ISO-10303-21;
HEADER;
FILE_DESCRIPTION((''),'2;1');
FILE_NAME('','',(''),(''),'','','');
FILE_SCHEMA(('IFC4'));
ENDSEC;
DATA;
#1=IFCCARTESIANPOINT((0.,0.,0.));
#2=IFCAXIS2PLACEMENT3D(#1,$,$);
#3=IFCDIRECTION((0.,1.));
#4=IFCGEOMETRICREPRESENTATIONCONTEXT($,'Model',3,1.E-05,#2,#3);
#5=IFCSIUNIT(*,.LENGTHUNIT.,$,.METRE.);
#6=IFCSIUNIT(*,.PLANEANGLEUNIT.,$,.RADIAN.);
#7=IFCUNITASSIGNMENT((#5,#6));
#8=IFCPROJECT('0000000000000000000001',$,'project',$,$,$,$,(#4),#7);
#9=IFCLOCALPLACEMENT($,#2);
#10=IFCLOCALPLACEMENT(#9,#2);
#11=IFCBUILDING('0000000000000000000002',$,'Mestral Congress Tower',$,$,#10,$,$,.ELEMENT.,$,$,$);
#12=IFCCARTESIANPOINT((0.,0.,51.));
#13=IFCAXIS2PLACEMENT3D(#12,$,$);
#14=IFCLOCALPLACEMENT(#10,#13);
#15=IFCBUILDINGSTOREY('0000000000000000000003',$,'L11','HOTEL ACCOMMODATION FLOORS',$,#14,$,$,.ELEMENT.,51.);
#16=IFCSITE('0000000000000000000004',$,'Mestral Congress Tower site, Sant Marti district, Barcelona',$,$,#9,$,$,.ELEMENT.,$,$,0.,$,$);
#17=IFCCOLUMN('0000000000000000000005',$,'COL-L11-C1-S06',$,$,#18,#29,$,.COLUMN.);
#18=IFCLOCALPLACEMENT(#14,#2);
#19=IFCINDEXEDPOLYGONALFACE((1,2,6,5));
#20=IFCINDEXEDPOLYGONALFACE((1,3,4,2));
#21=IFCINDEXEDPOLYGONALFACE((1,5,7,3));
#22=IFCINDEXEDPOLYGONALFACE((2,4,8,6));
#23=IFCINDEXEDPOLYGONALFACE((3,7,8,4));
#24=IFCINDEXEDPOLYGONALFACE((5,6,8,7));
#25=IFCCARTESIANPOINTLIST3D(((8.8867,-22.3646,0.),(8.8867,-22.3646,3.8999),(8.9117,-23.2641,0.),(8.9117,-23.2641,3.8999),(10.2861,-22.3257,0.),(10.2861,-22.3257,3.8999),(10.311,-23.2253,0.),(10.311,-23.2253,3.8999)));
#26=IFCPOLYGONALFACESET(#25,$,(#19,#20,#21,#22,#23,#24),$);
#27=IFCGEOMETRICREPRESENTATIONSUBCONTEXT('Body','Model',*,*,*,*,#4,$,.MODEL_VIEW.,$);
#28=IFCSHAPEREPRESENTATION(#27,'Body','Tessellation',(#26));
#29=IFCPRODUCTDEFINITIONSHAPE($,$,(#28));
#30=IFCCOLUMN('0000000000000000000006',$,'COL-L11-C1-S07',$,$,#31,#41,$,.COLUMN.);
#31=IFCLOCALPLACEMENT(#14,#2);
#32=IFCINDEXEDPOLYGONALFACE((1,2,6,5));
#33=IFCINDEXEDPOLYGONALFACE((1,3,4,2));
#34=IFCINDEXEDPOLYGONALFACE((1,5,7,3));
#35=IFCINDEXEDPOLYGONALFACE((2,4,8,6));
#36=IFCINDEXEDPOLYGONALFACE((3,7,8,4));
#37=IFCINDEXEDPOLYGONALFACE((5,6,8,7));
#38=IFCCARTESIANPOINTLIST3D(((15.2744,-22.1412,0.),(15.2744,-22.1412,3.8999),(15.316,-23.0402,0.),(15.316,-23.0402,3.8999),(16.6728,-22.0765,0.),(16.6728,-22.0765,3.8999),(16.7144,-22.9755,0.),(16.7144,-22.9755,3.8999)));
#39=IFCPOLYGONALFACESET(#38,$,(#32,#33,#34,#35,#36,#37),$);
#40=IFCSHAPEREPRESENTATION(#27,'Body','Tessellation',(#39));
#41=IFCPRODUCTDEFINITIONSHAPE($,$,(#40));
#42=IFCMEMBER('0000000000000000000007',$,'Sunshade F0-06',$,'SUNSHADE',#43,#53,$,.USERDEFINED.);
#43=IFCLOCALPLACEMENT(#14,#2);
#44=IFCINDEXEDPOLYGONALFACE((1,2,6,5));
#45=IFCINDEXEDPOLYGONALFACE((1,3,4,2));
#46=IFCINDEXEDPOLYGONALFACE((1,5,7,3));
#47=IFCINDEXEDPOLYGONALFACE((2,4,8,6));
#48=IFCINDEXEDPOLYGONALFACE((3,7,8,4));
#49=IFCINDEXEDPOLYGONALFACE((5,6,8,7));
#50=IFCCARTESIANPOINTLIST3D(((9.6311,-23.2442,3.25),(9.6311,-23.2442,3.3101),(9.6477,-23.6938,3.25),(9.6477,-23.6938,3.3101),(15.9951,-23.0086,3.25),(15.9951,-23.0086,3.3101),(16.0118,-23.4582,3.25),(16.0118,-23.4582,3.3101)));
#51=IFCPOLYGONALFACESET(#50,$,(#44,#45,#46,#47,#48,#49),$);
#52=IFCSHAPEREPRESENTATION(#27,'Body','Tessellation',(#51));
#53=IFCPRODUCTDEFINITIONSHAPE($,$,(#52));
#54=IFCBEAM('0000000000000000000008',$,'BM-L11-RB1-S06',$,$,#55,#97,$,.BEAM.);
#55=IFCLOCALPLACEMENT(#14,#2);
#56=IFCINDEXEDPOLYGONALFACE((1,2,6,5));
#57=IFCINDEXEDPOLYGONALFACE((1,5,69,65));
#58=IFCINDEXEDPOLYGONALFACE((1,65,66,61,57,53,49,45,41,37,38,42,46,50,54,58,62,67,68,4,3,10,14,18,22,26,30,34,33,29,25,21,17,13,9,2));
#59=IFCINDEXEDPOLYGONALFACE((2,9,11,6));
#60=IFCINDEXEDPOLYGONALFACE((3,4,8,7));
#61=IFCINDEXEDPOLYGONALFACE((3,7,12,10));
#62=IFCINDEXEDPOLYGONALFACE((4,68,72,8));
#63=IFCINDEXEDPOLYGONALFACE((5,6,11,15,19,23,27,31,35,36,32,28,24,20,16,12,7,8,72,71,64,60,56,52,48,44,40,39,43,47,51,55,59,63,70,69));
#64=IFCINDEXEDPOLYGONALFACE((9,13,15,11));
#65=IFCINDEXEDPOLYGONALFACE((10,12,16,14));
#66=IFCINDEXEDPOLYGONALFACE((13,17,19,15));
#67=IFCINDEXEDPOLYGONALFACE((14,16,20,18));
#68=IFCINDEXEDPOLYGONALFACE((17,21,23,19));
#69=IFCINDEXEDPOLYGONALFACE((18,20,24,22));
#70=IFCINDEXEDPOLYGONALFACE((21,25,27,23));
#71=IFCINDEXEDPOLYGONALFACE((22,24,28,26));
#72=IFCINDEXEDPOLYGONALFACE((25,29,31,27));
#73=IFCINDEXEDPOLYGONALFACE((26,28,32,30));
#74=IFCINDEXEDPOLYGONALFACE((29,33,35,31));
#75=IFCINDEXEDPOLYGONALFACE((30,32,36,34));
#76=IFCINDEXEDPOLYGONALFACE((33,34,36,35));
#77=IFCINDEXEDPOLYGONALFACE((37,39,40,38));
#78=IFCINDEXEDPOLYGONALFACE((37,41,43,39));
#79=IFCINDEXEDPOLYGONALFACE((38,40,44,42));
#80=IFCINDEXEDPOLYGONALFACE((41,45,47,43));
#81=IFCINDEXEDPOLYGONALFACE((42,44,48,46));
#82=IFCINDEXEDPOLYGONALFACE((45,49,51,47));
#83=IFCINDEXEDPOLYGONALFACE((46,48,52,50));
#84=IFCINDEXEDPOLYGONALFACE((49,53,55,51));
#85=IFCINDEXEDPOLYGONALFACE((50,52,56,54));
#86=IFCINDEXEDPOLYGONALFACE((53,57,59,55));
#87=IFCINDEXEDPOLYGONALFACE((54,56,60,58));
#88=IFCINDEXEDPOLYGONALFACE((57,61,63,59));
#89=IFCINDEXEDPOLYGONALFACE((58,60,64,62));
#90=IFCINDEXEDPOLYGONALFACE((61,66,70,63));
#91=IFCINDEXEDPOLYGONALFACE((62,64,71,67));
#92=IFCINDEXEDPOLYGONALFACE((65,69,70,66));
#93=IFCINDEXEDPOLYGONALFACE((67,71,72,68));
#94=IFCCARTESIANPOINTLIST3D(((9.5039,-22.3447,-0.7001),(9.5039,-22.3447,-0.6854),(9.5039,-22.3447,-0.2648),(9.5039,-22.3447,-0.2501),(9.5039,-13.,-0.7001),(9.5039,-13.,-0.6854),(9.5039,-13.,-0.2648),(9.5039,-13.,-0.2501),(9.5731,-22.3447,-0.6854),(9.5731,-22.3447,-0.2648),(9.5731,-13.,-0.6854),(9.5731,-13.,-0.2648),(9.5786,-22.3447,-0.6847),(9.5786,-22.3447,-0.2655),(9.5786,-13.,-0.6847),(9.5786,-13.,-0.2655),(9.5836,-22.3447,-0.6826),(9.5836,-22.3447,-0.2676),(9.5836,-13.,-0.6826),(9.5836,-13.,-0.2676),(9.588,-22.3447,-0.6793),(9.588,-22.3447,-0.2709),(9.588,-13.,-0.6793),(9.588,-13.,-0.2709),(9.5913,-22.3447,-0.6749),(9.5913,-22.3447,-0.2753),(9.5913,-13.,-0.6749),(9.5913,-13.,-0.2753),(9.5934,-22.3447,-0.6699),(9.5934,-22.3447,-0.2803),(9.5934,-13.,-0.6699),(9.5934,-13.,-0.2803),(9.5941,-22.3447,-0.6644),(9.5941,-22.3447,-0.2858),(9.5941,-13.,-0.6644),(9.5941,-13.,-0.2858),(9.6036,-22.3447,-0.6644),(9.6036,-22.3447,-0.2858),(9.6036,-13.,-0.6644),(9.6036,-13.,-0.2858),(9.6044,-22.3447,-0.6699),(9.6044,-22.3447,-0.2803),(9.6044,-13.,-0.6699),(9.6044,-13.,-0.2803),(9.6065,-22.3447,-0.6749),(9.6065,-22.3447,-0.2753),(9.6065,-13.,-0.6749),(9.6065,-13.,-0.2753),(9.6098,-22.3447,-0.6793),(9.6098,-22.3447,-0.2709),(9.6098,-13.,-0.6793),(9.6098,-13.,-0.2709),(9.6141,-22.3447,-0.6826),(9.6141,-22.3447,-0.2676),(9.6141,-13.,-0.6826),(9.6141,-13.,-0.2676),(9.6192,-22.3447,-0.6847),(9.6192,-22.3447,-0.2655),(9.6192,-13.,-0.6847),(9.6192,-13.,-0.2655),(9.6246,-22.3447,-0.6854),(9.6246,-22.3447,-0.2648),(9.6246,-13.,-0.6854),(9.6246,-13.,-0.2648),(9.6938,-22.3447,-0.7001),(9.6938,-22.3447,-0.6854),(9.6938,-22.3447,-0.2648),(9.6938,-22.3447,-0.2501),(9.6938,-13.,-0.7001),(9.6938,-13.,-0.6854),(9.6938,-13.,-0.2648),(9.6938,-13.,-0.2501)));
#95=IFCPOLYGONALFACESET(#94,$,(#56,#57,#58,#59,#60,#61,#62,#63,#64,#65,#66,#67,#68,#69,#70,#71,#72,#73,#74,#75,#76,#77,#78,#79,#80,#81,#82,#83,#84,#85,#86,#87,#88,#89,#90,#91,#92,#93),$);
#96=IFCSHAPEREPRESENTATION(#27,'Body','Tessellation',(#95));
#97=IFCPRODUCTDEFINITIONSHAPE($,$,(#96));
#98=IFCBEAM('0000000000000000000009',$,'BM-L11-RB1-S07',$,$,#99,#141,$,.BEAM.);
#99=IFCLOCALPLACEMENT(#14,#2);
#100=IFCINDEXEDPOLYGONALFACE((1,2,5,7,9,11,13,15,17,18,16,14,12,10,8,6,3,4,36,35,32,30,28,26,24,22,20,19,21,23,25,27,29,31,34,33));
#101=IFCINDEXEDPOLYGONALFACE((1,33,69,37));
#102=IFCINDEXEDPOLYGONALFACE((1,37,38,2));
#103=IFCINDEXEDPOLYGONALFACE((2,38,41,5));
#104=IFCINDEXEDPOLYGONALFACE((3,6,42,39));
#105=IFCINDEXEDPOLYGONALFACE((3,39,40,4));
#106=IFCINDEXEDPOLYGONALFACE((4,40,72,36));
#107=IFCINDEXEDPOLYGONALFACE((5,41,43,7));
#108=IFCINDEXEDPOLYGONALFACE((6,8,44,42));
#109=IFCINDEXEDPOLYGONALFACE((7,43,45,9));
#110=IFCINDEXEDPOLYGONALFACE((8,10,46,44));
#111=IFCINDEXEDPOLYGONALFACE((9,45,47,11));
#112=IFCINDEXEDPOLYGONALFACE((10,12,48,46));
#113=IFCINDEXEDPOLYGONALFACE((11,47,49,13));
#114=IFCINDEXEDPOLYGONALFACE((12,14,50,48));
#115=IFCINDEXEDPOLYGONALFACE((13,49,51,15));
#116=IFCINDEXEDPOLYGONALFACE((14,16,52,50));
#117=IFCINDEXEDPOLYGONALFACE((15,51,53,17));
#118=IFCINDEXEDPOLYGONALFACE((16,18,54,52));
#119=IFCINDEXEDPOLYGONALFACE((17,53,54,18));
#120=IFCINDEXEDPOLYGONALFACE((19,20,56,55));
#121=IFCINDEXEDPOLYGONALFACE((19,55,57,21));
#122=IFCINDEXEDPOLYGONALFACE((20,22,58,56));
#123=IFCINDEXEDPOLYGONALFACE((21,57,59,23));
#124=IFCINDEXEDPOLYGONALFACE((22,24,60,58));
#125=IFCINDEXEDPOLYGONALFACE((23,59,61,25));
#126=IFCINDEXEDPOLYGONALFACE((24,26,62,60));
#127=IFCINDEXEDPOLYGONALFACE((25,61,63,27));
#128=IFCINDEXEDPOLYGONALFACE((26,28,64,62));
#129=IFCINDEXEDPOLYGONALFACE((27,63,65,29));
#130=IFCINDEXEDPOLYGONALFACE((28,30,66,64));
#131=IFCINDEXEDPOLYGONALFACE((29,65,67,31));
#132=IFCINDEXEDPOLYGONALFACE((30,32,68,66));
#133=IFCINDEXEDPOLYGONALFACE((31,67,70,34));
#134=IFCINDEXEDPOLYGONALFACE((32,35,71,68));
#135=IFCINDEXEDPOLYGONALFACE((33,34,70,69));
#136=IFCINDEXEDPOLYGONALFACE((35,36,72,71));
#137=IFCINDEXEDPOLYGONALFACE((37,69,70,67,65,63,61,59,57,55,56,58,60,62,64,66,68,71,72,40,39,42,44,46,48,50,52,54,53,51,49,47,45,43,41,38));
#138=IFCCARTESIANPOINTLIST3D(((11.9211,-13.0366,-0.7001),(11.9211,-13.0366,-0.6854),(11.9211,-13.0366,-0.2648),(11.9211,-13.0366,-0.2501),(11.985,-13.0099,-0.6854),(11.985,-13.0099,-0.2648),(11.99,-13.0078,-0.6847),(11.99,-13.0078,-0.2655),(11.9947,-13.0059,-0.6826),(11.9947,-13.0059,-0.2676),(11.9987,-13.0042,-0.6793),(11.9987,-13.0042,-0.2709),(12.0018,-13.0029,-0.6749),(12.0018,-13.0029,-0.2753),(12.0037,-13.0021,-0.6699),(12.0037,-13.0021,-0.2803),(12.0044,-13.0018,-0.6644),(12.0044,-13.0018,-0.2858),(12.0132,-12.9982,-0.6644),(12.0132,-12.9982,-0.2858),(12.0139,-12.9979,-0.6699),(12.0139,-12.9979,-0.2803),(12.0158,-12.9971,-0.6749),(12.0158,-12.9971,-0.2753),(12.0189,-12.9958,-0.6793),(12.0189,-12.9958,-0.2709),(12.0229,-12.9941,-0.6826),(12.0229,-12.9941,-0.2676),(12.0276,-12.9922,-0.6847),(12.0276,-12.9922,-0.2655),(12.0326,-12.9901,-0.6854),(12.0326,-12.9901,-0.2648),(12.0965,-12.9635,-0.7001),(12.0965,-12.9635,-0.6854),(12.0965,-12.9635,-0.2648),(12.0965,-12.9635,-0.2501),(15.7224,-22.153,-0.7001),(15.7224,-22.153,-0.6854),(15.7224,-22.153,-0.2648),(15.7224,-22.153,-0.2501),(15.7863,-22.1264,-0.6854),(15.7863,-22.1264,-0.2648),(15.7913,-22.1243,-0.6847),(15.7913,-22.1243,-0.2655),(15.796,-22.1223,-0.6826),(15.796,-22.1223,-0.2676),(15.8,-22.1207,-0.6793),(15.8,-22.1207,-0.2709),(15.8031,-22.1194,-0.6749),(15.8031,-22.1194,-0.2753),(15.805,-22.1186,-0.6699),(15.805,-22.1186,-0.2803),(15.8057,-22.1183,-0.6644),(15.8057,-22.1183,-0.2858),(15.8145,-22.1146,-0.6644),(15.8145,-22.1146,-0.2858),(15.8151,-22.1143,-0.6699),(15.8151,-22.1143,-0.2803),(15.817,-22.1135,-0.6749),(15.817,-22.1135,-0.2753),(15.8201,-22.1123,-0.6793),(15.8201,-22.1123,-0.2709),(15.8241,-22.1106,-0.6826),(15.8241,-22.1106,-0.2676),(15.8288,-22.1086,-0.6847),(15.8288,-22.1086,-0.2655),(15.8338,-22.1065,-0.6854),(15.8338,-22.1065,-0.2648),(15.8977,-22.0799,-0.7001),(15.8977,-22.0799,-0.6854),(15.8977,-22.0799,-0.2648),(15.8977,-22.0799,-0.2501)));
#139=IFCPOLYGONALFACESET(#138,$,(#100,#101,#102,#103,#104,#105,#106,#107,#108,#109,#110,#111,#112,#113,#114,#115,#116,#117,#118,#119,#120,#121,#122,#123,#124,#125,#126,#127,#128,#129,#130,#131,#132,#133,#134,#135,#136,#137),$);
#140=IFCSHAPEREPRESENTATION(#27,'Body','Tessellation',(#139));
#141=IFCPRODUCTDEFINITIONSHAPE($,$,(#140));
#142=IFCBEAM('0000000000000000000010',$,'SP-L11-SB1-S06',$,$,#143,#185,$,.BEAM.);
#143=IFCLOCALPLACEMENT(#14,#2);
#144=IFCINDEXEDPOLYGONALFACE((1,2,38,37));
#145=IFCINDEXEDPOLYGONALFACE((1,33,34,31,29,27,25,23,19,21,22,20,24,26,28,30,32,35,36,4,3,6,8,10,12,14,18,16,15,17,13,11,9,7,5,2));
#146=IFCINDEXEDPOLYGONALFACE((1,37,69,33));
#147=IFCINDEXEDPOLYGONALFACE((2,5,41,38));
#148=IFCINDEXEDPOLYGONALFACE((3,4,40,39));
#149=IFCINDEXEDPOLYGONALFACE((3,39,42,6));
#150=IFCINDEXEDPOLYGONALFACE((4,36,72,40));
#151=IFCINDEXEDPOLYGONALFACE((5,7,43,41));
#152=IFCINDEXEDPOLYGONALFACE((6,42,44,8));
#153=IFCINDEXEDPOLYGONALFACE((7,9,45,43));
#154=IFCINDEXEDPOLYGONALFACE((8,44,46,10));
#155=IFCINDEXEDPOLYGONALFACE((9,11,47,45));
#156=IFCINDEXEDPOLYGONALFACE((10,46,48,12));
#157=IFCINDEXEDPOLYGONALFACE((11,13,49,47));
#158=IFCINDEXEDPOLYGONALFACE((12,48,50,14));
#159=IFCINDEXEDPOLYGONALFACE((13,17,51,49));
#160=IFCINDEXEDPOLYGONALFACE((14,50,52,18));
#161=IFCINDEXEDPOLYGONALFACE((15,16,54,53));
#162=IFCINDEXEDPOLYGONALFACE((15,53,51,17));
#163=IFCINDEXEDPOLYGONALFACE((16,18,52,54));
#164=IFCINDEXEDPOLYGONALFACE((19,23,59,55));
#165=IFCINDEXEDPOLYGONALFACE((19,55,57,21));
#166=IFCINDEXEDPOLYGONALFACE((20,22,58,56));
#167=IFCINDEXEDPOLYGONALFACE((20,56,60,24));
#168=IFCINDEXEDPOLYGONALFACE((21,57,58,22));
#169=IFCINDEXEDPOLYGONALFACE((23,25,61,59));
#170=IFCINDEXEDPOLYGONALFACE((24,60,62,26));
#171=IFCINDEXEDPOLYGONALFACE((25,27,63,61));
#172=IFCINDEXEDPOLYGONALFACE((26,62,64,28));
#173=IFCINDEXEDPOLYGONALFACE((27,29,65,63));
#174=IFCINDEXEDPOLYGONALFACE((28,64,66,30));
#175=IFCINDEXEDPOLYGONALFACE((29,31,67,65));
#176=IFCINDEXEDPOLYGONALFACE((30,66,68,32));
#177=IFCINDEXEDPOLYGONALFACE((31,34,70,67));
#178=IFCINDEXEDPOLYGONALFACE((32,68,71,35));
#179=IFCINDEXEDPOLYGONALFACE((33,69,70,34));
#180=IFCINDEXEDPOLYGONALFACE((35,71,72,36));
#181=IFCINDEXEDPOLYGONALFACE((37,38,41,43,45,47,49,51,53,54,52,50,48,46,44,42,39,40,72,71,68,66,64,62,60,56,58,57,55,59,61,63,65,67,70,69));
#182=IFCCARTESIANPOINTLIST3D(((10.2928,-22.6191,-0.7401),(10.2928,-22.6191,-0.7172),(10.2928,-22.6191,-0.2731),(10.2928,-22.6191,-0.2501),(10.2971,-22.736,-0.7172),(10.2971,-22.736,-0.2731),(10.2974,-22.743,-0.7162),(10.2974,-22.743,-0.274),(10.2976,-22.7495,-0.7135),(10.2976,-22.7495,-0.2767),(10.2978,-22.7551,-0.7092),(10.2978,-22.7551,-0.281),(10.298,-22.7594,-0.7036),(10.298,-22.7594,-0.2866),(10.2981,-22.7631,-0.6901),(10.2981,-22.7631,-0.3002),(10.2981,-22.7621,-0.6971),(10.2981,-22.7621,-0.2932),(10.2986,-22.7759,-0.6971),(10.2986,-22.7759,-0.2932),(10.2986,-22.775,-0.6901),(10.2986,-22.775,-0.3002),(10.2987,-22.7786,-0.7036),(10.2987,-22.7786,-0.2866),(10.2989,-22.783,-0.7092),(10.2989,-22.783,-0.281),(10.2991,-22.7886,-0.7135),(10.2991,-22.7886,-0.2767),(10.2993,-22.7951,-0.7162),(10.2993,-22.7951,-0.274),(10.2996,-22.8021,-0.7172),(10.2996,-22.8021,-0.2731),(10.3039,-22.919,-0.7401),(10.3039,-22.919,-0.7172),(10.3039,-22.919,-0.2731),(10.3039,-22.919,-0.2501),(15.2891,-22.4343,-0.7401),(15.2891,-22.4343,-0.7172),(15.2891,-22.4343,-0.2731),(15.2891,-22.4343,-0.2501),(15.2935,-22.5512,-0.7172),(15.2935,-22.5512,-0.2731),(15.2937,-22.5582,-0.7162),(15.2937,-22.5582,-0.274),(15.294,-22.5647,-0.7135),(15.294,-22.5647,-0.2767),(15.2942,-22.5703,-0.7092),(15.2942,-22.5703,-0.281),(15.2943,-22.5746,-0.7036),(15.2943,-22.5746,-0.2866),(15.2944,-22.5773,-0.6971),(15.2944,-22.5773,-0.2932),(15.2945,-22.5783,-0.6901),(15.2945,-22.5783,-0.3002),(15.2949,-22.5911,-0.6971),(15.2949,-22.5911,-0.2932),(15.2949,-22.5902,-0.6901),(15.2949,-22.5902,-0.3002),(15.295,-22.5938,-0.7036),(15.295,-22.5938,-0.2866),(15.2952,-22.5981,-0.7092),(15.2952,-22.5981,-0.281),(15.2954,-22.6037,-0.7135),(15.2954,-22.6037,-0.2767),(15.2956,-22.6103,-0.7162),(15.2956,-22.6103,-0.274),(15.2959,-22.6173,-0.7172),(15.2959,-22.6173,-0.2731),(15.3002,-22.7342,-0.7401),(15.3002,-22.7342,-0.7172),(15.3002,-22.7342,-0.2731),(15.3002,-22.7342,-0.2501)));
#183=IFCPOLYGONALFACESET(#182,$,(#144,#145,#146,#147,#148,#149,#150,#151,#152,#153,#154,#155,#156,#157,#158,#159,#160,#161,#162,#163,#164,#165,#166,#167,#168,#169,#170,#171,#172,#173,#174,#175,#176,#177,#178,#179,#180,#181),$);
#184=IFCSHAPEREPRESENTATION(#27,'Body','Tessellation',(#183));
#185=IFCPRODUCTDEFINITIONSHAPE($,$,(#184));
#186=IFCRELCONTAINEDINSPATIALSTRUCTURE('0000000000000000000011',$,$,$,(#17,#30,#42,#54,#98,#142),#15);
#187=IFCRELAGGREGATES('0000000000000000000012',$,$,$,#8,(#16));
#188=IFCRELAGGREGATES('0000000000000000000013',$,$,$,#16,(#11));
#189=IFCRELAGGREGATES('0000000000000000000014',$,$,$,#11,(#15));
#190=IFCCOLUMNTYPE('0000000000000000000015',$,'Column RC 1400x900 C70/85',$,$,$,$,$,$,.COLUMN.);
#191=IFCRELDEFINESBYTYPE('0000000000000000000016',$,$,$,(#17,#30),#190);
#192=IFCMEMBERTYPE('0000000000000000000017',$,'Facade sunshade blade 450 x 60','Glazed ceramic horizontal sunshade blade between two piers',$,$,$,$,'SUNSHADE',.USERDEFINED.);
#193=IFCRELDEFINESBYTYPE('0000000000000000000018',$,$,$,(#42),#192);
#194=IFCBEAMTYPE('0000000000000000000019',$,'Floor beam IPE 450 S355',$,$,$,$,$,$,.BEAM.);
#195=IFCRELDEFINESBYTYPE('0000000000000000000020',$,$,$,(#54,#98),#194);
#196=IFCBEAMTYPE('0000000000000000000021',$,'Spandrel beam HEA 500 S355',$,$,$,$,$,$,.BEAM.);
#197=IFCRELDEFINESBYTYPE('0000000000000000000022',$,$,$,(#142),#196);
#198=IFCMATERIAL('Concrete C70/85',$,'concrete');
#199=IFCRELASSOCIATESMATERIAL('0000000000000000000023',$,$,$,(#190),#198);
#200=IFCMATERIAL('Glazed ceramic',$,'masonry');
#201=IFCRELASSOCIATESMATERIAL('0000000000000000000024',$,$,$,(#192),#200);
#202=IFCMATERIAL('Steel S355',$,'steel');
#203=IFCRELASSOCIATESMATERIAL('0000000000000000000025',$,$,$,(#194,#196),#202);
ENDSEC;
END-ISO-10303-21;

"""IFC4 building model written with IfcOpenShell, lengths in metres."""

from ifc_helpers import new_model, si_unit, direction, frame, origin, origin_2d, place, context, subcontext, project, spatial, rectangle, i_section, extrude, material, material_profile, profile_set, type_object, element, save


model = new_model("IFC4")

# Units and contexts
model_context = context("Model", 3, precision=1e-05, world=origin(), true_north=direction((0.0, 1.0)))
body_context = subcontext(model_context, "Body", "Model", "MODEL_VIEW")
ifc_project = project(units=[si_unit("LENGTHUNIT", "METRE"), si_unit("PLANEANGLEUNIT", "RADIAN")], contexts=[model_context])

# Site, building, storey
site_placement = place(None, origin())
site = spatial("IfcSite", under=ifc_project, at=site_placement, Name="Mestral Congress Tower site, Sant Marti district, Barcelona", CompositionType="ELEMENT", RefElevation=0.0)
building_placement = place(site_placement, origin())
building = spatial("IfcBuilding", under=site, at=building_placement, Name="Mestral Congress Tower", CompositionType="ELEMENT")
storey_placement = place(building_placement, frame((0.0, 0.0, 51.0)))
storey = spatial("IfcBuildingStorey", under=building, at=storey_placement, Name="L11", Description="HOTEL ACCOMMODATION FLOORS", CompositionType="ELEMENT", Elevation=51.0)

# Columns
ifc_material_1 = material(Name="Concrete C70/85", Category="concrete")
ifc_material_profile_1 = material_profile(ifc_material_1, rectangle(XDim=1.3999, YDim=0.8999, at=origin_2d()), Name="RC 1400x900")
ifc_profile_set_1 = profile_set([ifc_material_profile_1], Name="Concrete C70/85")
column_type = type_object("IfcColumnType", Name="Column RC 1400x900 C70/85", PredefinedType="COLUMN", material=ifc_profile_set_1)
for number, where, z_axis, x_axis, name in (
    (1, (9.5989, -22.7949, 0.0), (0.0, 0.0, 1.0), (0.999616, 0.027726, 0.0), "COL-L11-C1-S06"),
    (2, (15.9944, -22.5583, 0.0), (0.0, 0.0, 1.0), (0.998932, 0.0462, 0.0), "COL-L11-C1-S07"),
):
    element("IfcColumn", number, at=place(storey_placement, frame(where, z_axis=z_axis, x_axis=x_axis)), inside=storey, type_object=column_type, Name=name, PredefinedType="COLUMN", context=body_context, shape_type="SweptSolid", body=[
        extrude(rectangle(XDim=1.3999, YDim=0.8999, at=origin_2d()), origin(), (0.0, 0.0, 1.0), 3.8999),
    ])

# Member
ifc_material_2 = material(Name="Glazed ceramic", Category="masonry")
ifc_material_profile_2 = material_profile(ifc_material_2, rectangle(XDim=0.45, YDim=0.0601, at=origin_2d()), Name="Ceramic blade 450 x 60")
ifc_profile_set_2 = profile_set([ifc_material_profile_2], Name="Glazed ceramic")
member_type = type_object("IfcMemberType", Name="Facade sunshade blade 450 x 60", Description="Glazed ceramic horizontal sunshade blade between two piers", ElementType="SUNSHADE", PredefinedType="USERDEFINED", material=ifc_profile_set_2)
member_placement = place(storey_placement, frame((9.6394, -23.469, 3.28), z_axis=(0.999315, 0.036995, 0.0), x_axis=(-0.036995, 0.999315, 0.0)))
element("IfcMember", 3, at=member_placement, inside=storey, type_object=member_type, Name="Sunshade F0-06", ObjectType="SUNSHADE", PredefinedType="USERDEFINED", context=body_context, shape_type="SweptSolid", body=[
    extrude(rectangle(XDim=0.45, YDim=0.0601, at=origin_2d()), origin(), (0.0, 0.0, 1.0), 6.3684),
])

# Beams
ifc_material_3 = material(Name="Steel S355", Category="steel")
ifc_material_profile_3 = material_profile(ifc_material_3, i_section(OverallWidth=0.1899, OverallDepth=0.45, WebThickness=0.0095, FlangeThickness=0.0146, FilletRadius=0.021, at=origin_2d()), Name="IPE 450")
ifc_profile_set_3 = profile_set([ifc_material_profile_3], Name="Steel S355")
beam_type_1 = type_object("IfcBeamType", Name="Floor beam IPE 450 S355", PredefinedType="BEAM", material=ifc_profile_set_3)
beam_1_placement = place(storey_placement, frame((9.5989, -22.3447, -0.4751), z_axis=(0.0, 1.0, 0.0), x_axis=(-1.0, 0.0, 0.0)))
element("IfcBeam", 4, at=beam_1_placement, inside=storey, type_object=beam_type_1, Name="BM-L11-RB1-S06", PredefinedType="BEAM", context=body_context, shape_type="SweptSolid", body=[
    extrude(i_section(OverallWidth=0.1899, OverallDepth=0.45, WebThickness=0.0095, FlangeThickness=0.0146, FilletRadius=0.021, at=origin_2d()), origin(), (0.0, 0.0, 1.0), 9.3447),
])
beam_2_placement = place(storey_placement, frame((15.8101, -22.1165, -0.4751), z_axis=(-0.384852, 0.922978, 0.0), x_axis=(-0.922978, -0.384852, 0.0)))
element("IfcBeam", 5, at=beam_2_placement, inside=storey, type_object=beam_type_1, Name="BM-L11-RB1-S07", PredefinedType="BEAM", context=body_context, shape_type="SweptSolid", body=[
    extrude(i_section(OverallWidth=0.1899, OverallDepth=0.45, WebThickness=0.0095, FlangeThickness=0.0146, FilletRadius=0.021, at=origin_2d()), origin(), (0.0, 0.0, 1.0), 9.8772),
])
ifc_material_profile_4 = material_profile(ifc_material_3, i_section(OverallWidth=0.3, OverallDepth=0.49, WebThickness=0.012, FlangeThickness=0.0229, FilletRadius=0.0271, at=origin_2d()), Name="HEA 500")
ifc_profile_set_4 = profile_set([ifc_material_profile_4], Name="Steel S355")
beam_type_2 = type_object("IfcBeamType", Name="Spandrel beam HEA 500 S355", PredefinedType="BEAM", material=ifc_profile_set_4)
beam_3_placement = place(storey_placement, frame((10.2983, -22.769, -0.4951), z_axis=(0.999317, 0.036965, 0.0), x_axis=(-0.036965, 0.999317, 0.0)))
element("IfcBeam", 6, at=beam_3_placement, inside=storey, type_object=beam_type_2, Name="SP-L11-SB1-S06", PredefinedType="BEAM", context=body_context, shape_type="SweptSolid", body=[
    extrude(i_section(OverallWidth=0.3, OverallDepth=0.49, WebThickness=0.012, FlangeThickness=0.0229, FilletRadius=0.0271, at=origin_2d()), origin(), (0.0, 0.0, 1.0), 4.9998),
])

save(model, "model.ifc")
